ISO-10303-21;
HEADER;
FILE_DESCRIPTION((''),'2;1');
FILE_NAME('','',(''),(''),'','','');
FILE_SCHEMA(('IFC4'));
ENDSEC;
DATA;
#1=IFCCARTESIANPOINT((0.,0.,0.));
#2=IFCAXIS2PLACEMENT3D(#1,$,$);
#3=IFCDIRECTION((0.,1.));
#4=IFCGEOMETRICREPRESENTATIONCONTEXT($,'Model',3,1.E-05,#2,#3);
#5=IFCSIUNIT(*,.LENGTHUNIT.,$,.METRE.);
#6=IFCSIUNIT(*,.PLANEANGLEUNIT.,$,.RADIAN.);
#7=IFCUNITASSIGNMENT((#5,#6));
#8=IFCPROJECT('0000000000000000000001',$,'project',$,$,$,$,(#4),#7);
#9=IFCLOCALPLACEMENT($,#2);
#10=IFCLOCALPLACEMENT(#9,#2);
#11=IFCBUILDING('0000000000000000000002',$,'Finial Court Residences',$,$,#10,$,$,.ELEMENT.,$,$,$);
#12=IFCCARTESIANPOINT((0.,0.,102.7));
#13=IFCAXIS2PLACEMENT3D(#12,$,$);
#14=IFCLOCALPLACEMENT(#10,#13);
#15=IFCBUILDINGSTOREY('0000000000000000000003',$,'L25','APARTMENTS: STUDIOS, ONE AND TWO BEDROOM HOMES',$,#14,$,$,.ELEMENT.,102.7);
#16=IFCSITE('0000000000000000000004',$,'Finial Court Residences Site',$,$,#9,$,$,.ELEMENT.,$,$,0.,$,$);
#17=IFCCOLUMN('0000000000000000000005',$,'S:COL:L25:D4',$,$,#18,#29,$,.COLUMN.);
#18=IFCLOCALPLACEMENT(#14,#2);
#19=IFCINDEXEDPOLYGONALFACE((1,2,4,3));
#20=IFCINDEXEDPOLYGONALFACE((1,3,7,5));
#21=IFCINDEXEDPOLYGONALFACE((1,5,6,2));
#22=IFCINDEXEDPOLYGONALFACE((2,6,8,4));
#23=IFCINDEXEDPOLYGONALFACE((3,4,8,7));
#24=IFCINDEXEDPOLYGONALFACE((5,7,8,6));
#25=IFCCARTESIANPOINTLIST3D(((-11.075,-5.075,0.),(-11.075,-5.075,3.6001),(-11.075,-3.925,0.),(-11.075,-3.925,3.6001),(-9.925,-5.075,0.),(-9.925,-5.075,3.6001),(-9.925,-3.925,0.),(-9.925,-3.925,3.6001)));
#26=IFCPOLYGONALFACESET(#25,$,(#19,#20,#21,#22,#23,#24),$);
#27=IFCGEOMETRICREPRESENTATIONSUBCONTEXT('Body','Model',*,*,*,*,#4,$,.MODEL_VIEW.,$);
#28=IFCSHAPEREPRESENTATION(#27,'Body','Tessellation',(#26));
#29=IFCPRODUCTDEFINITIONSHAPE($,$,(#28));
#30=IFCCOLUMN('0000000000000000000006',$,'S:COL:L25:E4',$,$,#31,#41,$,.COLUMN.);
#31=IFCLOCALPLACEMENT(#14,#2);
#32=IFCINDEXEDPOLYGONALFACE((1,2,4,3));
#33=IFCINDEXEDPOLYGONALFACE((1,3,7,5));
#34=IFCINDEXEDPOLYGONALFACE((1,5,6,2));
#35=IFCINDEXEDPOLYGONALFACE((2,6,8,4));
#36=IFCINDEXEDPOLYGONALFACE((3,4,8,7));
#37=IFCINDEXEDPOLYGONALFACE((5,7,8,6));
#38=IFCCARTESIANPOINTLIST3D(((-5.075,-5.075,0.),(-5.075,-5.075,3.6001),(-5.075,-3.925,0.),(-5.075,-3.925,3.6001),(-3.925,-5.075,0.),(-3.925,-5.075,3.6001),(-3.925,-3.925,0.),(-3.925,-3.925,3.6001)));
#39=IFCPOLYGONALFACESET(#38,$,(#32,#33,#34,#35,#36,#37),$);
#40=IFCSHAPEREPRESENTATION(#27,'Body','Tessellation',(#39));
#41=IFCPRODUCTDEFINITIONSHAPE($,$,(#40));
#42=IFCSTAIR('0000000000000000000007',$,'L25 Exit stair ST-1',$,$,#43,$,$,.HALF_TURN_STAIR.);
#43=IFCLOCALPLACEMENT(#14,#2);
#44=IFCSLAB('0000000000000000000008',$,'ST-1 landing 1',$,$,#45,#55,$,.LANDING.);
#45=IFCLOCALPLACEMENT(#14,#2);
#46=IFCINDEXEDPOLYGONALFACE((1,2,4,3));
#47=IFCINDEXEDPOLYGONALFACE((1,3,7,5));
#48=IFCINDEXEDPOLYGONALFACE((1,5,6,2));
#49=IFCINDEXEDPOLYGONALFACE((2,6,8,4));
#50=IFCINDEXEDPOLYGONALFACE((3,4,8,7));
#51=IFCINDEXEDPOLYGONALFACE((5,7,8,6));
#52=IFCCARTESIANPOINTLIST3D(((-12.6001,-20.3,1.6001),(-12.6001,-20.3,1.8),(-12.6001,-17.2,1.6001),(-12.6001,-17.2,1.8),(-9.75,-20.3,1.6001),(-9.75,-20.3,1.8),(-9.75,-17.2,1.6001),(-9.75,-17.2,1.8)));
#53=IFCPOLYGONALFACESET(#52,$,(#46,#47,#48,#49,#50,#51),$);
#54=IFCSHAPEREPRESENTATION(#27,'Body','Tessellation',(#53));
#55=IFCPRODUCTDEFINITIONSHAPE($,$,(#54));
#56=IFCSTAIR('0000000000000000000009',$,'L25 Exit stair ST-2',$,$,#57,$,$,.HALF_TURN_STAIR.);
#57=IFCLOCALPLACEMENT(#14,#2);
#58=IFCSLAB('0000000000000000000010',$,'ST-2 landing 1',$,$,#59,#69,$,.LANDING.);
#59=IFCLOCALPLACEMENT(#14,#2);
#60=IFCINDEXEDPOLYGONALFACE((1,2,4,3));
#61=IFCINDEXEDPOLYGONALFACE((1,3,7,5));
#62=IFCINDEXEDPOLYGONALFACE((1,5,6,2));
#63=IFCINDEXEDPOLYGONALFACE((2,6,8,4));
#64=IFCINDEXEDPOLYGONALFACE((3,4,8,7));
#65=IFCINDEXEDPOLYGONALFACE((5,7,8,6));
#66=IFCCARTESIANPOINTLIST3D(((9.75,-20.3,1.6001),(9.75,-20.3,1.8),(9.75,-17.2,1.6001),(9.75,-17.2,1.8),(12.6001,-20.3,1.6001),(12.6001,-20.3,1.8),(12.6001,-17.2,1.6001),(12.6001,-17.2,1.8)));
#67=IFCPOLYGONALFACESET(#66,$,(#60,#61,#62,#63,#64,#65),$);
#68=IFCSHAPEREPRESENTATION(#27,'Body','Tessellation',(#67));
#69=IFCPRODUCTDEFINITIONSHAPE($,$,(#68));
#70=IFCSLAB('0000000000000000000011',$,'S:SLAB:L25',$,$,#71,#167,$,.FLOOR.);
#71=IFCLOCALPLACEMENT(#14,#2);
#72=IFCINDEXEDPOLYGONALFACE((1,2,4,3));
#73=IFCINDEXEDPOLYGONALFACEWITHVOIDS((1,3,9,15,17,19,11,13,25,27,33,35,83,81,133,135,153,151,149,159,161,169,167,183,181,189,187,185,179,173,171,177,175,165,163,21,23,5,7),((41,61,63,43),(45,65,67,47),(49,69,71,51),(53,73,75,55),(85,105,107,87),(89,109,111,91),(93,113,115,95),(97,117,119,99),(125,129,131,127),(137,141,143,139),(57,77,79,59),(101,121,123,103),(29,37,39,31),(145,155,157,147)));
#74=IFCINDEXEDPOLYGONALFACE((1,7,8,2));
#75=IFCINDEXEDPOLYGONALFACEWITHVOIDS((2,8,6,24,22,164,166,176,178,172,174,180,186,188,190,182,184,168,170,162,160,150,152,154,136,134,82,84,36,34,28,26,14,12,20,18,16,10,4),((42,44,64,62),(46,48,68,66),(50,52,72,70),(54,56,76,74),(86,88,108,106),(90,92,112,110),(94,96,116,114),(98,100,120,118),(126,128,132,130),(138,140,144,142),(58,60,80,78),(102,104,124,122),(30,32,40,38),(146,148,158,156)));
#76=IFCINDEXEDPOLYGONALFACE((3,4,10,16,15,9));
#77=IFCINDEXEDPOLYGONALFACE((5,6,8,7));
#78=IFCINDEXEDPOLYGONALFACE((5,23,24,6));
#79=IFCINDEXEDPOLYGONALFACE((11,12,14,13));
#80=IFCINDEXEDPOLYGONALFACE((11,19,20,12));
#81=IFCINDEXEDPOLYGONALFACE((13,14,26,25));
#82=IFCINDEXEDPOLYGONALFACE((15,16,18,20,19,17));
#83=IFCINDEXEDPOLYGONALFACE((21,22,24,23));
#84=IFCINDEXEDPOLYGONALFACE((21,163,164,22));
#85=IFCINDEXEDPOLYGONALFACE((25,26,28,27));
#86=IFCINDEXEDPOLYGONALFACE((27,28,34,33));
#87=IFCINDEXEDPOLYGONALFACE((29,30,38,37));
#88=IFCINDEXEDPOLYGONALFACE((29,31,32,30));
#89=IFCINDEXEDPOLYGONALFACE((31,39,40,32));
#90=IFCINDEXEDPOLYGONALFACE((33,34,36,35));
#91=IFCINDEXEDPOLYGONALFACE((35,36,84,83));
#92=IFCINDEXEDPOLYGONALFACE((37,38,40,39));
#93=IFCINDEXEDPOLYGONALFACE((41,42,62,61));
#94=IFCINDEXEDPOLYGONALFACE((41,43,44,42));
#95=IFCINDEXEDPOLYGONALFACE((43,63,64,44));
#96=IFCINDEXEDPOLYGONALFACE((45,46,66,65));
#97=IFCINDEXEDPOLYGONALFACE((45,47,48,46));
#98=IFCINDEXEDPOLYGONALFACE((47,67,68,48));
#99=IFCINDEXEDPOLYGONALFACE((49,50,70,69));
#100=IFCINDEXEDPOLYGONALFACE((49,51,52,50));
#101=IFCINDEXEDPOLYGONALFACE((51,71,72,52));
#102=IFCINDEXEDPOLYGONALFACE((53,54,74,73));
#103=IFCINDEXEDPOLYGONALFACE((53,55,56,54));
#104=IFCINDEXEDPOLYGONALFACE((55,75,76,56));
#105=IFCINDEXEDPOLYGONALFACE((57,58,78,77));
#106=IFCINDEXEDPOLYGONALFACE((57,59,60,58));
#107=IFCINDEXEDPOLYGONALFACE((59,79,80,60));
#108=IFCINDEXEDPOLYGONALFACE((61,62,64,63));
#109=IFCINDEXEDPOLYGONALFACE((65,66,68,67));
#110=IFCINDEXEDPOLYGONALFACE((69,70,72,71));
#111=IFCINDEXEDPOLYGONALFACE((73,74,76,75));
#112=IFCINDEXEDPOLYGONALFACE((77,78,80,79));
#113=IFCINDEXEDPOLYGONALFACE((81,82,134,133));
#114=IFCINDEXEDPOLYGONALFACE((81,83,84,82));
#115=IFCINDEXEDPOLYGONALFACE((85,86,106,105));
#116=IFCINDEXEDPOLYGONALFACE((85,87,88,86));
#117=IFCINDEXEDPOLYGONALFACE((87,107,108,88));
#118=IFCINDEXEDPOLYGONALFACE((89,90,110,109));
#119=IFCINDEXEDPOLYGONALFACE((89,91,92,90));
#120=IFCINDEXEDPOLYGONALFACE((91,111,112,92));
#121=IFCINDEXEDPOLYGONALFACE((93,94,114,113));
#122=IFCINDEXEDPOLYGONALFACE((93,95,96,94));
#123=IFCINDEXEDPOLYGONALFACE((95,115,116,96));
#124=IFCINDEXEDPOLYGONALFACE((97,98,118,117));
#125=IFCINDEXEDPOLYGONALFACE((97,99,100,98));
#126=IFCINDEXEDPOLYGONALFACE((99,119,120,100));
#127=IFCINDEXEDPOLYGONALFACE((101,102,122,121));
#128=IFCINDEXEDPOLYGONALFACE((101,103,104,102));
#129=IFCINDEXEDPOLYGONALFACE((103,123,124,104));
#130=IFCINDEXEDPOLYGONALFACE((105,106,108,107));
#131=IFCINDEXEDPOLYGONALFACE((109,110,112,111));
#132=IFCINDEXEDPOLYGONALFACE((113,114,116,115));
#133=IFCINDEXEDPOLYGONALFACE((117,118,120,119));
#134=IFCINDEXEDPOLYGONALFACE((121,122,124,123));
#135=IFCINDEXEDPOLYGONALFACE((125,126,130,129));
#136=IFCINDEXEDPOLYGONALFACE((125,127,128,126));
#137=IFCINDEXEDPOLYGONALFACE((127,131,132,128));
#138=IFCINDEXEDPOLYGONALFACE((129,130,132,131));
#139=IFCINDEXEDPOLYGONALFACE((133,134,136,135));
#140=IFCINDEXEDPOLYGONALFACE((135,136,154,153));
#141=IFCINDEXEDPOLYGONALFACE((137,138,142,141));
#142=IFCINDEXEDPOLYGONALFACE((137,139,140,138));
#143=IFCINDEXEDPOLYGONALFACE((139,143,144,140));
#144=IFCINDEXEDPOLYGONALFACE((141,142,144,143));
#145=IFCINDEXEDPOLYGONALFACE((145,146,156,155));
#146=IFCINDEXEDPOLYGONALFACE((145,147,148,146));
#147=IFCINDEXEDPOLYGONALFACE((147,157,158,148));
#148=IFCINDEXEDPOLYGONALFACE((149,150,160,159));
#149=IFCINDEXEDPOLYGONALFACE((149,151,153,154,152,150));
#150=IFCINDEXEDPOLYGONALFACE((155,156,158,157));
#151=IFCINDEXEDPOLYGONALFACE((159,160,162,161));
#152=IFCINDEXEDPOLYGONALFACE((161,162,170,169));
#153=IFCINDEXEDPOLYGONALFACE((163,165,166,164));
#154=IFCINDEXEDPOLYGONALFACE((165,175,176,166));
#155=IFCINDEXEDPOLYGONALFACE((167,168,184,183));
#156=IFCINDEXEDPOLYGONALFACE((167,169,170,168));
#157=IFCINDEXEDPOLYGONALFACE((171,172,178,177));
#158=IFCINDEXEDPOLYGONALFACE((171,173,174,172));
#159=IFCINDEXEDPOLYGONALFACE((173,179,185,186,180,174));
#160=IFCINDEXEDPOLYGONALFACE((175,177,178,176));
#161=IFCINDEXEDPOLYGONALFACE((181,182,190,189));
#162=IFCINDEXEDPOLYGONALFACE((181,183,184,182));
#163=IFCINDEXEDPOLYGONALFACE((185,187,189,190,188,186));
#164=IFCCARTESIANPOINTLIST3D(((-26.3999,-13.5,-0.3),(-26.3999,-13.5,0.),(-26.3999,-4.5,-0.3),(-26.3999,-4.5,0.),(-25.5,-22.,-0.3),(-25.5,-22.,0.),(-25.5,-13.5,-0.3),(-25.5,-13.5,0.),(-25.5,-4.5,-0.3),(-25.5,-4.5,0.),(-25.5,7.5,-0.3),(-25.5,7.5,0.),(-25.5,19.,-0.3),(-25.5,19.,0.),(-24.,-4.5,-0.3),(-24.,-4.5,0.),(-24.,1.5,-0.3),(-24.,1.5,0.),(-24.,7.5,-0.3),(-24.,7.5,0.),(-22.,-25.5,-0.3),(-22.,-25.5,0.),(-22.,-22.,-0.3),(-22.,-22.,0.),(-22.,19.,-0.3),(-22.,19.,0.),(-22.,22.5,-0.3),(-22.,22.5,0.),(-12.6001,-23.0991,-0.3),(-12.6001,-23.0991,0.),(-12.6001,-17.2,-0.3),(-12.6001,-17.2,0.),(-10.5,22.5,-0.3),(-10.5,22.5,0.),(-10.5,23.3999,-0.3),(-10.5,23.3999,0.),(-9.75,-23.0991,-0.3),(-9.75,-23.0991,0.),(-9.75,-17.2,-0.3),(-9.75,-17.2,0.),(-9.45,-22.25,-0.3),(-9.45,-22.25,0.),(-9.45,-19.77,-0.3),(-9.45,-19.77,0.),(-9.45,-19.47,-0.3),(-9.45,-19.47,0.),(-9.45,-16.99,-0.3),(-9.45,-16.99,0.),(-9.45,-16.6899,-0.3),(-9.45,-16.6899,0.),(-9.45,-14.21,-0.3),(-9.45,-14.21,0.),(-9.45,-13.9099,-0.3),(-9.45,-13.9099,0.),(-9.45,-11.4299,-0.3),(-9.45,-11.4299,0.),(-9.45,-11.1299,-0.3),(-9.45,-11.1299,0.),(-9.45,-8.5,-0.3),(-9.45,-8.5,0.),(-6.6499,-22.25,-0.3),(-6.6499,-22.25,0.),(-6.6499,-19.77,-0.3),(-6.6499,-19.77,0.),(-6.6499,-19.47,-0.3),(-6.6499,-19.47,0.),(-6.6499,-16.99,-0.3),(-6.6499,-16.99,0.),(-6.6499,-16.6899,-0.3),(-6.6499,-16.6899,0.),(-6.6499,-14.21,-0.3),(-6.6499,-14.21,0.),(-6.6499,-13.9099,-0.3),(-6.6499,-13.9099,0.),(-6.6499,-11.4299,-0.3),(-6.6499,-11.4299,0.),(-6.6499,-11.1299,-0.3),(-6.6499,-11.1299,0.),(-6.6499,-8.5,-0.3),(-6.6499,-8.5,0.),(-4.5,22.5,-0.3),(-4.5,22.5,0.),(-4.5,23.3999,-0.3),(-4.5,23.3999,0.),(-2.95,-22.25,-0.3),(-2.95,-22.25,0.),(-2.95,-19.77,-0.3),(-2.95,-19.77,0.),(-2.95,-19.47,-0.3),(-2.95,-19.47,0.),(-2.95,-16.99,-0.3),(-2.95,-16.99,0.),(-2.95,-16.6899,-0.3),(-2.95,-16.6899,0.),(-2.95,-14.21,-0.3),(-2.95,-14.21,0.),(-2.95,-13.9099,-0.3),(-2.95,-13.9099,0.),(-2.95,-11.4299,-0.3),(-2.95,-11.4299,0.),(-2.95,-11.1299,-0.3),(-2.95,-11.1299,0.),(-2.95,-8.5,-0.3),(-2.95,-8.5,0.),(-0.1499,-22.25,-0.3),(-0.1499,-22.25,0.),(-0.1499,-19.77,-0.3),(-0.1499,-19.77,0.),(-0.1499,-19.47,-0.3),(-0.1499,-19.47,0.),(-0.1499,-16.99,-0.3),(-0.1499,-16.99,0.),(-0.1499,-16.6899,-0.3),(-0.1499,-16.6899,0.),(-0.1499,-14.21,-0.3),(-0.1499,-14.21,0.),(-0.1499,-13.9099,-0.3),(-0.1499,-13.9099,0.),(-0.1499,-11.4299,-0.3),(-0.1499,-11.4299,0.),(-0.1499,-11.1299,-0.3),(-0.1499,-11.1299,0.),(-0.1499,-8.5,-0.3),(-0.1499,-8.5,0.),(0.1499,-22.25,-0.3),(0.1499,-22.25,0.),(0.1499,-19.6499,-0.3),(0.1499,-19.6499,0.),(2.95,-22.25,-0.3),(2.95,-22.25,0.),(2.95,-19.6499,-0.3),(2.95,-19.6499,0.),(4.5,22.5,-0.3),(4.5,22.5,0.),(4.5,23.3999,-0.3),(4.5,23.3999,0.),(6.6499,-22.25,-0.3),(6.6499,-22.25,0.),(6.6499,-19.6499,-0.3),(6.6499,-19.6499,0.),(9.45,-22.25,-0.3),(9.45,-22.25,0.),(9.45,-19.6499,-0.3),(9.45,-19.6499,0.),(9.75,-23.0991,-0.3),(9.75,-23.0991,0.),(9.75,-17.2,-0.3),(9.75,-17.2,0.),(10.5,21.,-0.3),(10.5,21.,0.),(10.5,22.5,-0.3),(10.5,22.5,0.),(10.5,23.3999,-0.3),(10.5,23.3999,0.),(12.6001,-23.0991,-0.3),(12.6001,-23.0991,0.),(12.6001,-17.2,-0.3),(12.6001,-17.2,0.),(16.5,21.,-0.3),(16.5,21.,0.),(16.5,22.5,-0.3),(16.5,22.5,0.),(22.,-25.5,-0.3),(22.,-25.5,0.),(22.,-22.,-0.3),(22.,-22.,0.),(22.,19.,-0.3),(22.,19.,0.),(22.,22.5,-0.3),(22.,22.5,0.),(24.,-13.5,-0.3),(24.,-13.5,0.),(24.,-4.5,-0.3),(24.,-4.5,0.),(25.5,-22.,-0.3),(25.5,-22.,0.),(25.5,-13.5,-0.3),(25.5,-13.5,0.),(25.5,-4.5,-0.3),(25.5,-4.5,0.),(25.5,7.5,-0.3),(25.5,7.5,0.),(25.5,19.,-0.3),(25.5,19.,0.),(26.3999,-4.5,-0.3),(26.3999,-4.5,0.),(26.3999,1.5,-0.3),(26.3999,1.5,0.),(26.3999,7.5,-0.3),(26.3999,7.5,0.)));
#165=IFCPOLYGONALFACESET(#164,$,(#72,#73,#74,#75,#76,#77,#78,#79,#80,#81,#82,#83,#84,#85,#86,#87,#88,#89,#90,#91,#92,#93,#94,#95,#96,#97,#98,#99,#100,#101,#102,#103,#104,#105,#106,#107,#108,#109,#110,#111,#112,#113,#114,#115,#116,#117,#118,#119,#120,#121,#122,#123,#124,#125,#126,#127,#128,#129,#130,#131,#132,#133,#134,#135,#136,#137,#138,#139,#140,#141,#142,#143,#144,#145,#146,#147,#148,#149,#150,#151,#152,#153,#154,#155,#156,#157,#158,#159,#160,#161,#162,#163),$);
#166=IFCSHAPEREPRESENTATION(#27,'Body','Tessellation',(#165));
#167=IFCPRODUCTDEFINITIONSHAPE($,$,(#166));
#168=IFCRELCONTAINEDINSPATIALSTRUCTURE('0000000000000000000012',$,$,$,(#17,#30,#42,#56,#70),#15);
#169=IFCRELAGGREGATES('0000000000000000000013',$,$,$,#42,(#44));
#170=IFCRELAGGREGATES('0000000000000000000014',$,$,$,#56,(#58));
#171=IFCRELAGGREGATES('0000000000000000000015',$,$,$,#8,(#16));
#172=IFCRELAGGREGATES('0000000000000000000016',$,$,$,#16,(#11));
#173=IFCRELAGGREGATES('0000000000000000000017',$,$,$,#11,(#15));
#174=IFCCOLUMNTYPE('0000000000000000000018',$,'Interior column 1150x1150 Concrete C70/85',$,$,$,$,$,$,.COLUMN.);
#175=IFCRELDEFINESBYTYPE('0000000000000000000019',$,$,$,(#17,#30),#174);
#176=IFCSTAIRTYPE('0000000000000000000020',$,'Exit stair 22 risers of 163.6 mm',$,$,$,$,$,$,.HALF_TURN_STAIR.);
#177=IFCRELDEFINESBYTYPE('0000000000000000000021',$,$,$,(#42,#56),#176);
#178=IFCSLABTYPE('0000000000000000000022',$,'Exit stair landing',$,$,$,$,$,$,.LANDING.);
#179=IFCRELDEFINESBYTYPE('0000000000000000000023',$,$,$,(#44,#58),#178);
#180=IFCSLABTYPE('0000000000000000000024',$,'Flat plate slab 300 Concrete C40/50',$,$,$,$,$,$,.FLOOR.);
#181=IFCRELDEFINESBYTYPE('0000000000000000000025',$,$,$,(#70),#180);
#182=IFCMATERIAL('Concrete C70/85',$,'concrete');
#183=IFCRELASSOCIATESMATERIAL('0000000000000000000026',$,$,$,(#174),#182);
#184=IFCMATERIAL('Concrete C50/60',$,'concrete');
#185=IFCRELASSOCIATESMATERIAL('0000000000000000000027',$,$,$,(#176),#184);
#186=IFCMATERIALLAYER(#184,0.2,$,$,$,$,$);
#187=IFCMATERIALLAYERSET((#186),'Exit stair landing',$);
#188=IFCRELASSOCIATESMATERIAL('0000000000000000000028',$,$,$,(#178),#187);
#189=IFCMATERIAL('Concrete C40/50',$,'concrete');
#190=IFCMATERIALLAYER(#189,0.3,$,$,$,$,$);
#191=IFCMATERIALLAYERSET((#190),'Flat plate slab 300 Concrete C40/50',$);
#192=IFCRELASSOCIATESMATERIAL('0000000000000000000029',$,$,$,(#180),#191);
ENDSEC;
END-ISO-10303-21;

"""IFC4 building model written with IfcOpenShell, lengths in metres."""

from ifc_helpers import new_model, si_unit, direction, frame, origin, origin_2d, place, context, subcontext, project, spatial, polyline, rectangle, outline, extrude, material, layer, layer_set, material_profile, profile_set, type_object, element, aggregate, save


model = new_model("IFC4")

# Units and contexts
model_context = context("Model", 3, precision=1e-05, world=origin(), true_north=direction((0.0, 1.0)))
body_context = subcontext(model_context, "Body", "Model", "MODEL_VIEW")
ifc_project = project(units=[si_unit("LENGTHUNIT", "METRE"), si_unit("PLANEANGLEUNIT", "RADIAN")], contexts=[model_context])

# Site, building, storey
site_placement = place(None, origin())
site = spatial("IfcSite", under=ifc_project, at=site_placement, Name="Finial Court Residences Site", CompositionType="ELEMENT", RefElevation=0.0)
building_placement = place(site_placement, origin())
building = spatial("IfcBuilding", under=site, at=building_placement, Name="Finial Court Residences", CompositionType="ELEMENT")
storey_placement = place(building_placement, frame((0.0, 0.0, 102.7)))
storey = spatial("IfcBuildingStorey", under=building, at=storey_placement, Name="L25", Description="APARTMENTS: STUDIOS, ONE AND TWO BEDROOM HOMES", CompositionType="ELEMENT", Elevation=102.7)

# Columns
ifc_material_1 = material(Name="Concrete C70/85", Category="concrete")
ifc_material_profile = material_profile(ifc_material_1, rectangle(XDim=1.1499, YDim=1.1499, at=origin_2d()), Name="1150x1150")
ifc_profile_set = profile_set([ifc_material_profile], Name="Concrete C70/85")
column_type = type_object("IfcColumnType", Name="Interior column 1150x1150 Concrete C70/85", PredefinedType="COLUMN", material=ifc_profile_set)
for number, where, z_axis, x_axis, name in (
    (1, (-10.5, -4.5, 0.0), (0.0, 0.0, 1.0), (1.0, 0.0, 0.0), "S:COL:L25:D4"),
    (2, (-4.5, -4.5, 0.0), (0.0, 0.0, 1.0), (1.0, 0.0, 0.0), "S:COL:L25:E4"),
):
    element("IfcColumn", number, at=place(storey_placement, frame(where, z_axis=z_axis, x_axis=x_axis)), inside=storey, type_object=column_type, Name=name, PredefinedType="COLUMN", context=body_context, shape_type="SweptSolid", body=[
        extrude(rectangle(XDim=1.1499, YDim=1.1499, at=origin_2d()), origin(), (0.0, 0.0, 1.0), 3.6001),
    ])

# Stairs, slabs
ifc_material_2 = material(Name="Concrete C50/60", Category="concrete")
stair_type = type_object("IfcStairType", Name="Exit stair 22 risers of 163.6 mm", PredefinedType="HALF_TURN_STAIR", material=ifc_material_2)
stair_1_placement = place(storey_placement, origin())
stair_1 = element("IfcStair", 3, at=stair_1_placement, inside=storey, type_object=stair_type, Name="L25 Exit stair ST-1", PredefinedType="HALF_TURN_STAIR")
ifc_layer_1 = layer(ifc_material_2, 0.2)
ifc_layer_set_1 = layer_set([ifc_layer_1], Name="Exit stair landing")
slab_type_1 = type_object("IfcSlabType", Name="Exit stair landing", PredefinedType="LANDING", material=ifc_layer_set_1)
slab_1_placement = place(storey_placement, frame((0.0, 0.0, 1.6001)))
slab_1 = element("IfcSlab", 4, at=slab_1_placement, type_object=slab_type_1, Name="ST-1 landing 1", PredefinedType="LANDING", context=body_context, shape_type="SweptSolid", body=[
    extrude(outline(polyline([(-9.75, -20.3), (-9.75, -17.2), (-12.6001, -17.2), (-12.6001, -20.3), (-9.75, -20.3)])), origin(), (0.0, 0.0, 1.0), 0.2),
])
aggregate(stair_1, [slab_1])
stair_2_placement = place(storey_placement, origin())
stair_2 = element("IfcStair", 5, at=stair_2_placement, inside=storey, type_object=stair_type, Name="L25 Exit stair ST-2", PredefinedType="HALF_TURN_STAIR")
slab_2_placement = place(storey_placement, frame((0.0, 0.0, 1.6001)))
slab_2 = element("IfcSlab", 6, at=slab_2_placement, type_object=slab_type_1, Name="ST-2 landing 1", PredefinedType="LANDING", context=body_context, shape_type="SweptSolid", body=[
    extrude(outline(polyline([(12.6001, -20.3), (12.6001, -17.2), (9.75, -17.2), (9.75, -20.3), (12.6001, -20.3)])), origin(), (0.0, 0.0, 1.0), 0.2),
])
aggregate(stair_2, [slab_2])

# Slab
ifc_material_3 = material(Name="Concrete C40/50", Category="concrete")
ifc_layer_2 = layer(ifc_material_3, 0.3)
ifc_layer_set_2 = layer_set([ifc_layer_2], Name="Flat plate slab 300 Concrete C40/50")
slab_type_2 = type_object("IfcSlabType", Name="Flat plate slab 300 Concrete C40/50", PredefinedType="FLOOR", material=ifc_layer_set_2)
slab_3_placement = place(storey_placement, frame((0.0, 0.0, -0.3)))
element("IfcSlab", 7, at=slab_3_placement, inside=storey, type_object=slab_type_2, Name="S:SLAB:L25", PredefinedType="FLOOR", context=body_context, shape_type="SweptSolid", body=[
    extrude(outline(polyline([(26.3999, -4.5), (25.5, -4.5), (24.0, -4.5), (24.0, -13.5), (25.5, -13.5), (25.5, -22.0), (22.0, -22.0), (22.0, -25.5), (-22.0, -25.5), (-22.0, -22.0), (-25.5, -22.0), (-25.5, -13.5), (-26.3999, -13.5), (-26.3999, -4.5), (-25.5, -4.5), (-24.0, -4.5), (-24.0, 1.5), (-24.0, 7.5), (-25.5, 7.5), (-25.5, 19.0), (-22.0, 19.0), (-22.0, 22.5), (-10.5, 22.5), (-10.5, 23.3999), (-4.5, 23.3999), (-4.5, 22.5), (4.5, 22.5), (4.5, 23.3999), (10.5, 23.3999), (10.5, 22.5), (10.5, 21.0), (16.5, 21.0), (16.5, 22.5), (22.0, 22.5), (22.0, 19.0), (25.5, 19.0), (25.5, 7.5), (26.3999, 7.5), (26.3999, 1.5), (26.3999, -4.5)]), holes=[polyline([(-6.6499, -19.77), (-9.45, -19.77), (-9.45, -22.25), (-6.6499, -22.25), (-6.6499, -19.77)]), polyline([(-9.75, -17.2), (-12.6001, -17.2), (-12.6001, -23.0991), (-9.75, -23.0991), (-9.75, -17.2)]), polyline([(-6.6499, -19.47), (-6.6499, -16.99), (-9.45, -16.99), (-9.45, -19.47), (-6.6499, -19.47)]), polyline([(-6.6499, -16.6899), (-6.6499, -14.21), (-9.45, -14.21), (-9.45, -16.6899), (-6.6499, -16.6899)]), polyline([(-6.6499, -13.9099), (-6.6499, -11.4299), (-9.45, -11.4299), (-9.45, -13.9099), (-6.6499, -13.9099)]), polyline([(-6.6499, -11.1299), (-6.6499, -8.5), (-9.45, -8.5), (-9.45, -11.1299), (-6.6499, -11.1299)]), polyline([(-0.1499, -11.1299), (-0.1499, -8.5), (-2.95, -8.5), (-2.95, -11.1299), (-0.1499, -11.1299)]), polyline([(-0.1499, -19.77), (-2.95, -19.77), (-2.95, -22.25), (-0.1499, -22.25), (-0.1499, -19.77)]), polyline([(2.95, -22.25), (2.95, -19.6499), (0.1499, -19.6499), (0.1499, -22.25), (2.95, -22.25)]), polyline([(9.45, -22.25), (9.45, -19.6499), (6.6499, -19.6499), (6.6499, -22.25), (9.45, -22.25)]), polyline([(12.6001, -17.2), (9.75, -17.2), (9.75, -23.0991), (12.6001, -23.0991), (12.6001, -17.2)]), polyline([(-0.1499, -19.47), (-0.1499, -16.99), (-2.95, -16.99), (-2.95, -19.47), (-0.1499, -19.47)]), polyline([(-0.1499, -16.6899), (-0.1499, -14.21), (-2.95, -14.21), (-2.95, -16.6899), (-0.1499, -16.6899)]), polyline([(-0.1499, -13.9099), (-0.1499, -11.4299), (-2.95, -11.4299), (-2.95, -13.9099), (-0.1499, -13.9099)])]), origin(), (0.0, 0.0, 1.0), 0.3),
])

save(model, "model.ifc")
